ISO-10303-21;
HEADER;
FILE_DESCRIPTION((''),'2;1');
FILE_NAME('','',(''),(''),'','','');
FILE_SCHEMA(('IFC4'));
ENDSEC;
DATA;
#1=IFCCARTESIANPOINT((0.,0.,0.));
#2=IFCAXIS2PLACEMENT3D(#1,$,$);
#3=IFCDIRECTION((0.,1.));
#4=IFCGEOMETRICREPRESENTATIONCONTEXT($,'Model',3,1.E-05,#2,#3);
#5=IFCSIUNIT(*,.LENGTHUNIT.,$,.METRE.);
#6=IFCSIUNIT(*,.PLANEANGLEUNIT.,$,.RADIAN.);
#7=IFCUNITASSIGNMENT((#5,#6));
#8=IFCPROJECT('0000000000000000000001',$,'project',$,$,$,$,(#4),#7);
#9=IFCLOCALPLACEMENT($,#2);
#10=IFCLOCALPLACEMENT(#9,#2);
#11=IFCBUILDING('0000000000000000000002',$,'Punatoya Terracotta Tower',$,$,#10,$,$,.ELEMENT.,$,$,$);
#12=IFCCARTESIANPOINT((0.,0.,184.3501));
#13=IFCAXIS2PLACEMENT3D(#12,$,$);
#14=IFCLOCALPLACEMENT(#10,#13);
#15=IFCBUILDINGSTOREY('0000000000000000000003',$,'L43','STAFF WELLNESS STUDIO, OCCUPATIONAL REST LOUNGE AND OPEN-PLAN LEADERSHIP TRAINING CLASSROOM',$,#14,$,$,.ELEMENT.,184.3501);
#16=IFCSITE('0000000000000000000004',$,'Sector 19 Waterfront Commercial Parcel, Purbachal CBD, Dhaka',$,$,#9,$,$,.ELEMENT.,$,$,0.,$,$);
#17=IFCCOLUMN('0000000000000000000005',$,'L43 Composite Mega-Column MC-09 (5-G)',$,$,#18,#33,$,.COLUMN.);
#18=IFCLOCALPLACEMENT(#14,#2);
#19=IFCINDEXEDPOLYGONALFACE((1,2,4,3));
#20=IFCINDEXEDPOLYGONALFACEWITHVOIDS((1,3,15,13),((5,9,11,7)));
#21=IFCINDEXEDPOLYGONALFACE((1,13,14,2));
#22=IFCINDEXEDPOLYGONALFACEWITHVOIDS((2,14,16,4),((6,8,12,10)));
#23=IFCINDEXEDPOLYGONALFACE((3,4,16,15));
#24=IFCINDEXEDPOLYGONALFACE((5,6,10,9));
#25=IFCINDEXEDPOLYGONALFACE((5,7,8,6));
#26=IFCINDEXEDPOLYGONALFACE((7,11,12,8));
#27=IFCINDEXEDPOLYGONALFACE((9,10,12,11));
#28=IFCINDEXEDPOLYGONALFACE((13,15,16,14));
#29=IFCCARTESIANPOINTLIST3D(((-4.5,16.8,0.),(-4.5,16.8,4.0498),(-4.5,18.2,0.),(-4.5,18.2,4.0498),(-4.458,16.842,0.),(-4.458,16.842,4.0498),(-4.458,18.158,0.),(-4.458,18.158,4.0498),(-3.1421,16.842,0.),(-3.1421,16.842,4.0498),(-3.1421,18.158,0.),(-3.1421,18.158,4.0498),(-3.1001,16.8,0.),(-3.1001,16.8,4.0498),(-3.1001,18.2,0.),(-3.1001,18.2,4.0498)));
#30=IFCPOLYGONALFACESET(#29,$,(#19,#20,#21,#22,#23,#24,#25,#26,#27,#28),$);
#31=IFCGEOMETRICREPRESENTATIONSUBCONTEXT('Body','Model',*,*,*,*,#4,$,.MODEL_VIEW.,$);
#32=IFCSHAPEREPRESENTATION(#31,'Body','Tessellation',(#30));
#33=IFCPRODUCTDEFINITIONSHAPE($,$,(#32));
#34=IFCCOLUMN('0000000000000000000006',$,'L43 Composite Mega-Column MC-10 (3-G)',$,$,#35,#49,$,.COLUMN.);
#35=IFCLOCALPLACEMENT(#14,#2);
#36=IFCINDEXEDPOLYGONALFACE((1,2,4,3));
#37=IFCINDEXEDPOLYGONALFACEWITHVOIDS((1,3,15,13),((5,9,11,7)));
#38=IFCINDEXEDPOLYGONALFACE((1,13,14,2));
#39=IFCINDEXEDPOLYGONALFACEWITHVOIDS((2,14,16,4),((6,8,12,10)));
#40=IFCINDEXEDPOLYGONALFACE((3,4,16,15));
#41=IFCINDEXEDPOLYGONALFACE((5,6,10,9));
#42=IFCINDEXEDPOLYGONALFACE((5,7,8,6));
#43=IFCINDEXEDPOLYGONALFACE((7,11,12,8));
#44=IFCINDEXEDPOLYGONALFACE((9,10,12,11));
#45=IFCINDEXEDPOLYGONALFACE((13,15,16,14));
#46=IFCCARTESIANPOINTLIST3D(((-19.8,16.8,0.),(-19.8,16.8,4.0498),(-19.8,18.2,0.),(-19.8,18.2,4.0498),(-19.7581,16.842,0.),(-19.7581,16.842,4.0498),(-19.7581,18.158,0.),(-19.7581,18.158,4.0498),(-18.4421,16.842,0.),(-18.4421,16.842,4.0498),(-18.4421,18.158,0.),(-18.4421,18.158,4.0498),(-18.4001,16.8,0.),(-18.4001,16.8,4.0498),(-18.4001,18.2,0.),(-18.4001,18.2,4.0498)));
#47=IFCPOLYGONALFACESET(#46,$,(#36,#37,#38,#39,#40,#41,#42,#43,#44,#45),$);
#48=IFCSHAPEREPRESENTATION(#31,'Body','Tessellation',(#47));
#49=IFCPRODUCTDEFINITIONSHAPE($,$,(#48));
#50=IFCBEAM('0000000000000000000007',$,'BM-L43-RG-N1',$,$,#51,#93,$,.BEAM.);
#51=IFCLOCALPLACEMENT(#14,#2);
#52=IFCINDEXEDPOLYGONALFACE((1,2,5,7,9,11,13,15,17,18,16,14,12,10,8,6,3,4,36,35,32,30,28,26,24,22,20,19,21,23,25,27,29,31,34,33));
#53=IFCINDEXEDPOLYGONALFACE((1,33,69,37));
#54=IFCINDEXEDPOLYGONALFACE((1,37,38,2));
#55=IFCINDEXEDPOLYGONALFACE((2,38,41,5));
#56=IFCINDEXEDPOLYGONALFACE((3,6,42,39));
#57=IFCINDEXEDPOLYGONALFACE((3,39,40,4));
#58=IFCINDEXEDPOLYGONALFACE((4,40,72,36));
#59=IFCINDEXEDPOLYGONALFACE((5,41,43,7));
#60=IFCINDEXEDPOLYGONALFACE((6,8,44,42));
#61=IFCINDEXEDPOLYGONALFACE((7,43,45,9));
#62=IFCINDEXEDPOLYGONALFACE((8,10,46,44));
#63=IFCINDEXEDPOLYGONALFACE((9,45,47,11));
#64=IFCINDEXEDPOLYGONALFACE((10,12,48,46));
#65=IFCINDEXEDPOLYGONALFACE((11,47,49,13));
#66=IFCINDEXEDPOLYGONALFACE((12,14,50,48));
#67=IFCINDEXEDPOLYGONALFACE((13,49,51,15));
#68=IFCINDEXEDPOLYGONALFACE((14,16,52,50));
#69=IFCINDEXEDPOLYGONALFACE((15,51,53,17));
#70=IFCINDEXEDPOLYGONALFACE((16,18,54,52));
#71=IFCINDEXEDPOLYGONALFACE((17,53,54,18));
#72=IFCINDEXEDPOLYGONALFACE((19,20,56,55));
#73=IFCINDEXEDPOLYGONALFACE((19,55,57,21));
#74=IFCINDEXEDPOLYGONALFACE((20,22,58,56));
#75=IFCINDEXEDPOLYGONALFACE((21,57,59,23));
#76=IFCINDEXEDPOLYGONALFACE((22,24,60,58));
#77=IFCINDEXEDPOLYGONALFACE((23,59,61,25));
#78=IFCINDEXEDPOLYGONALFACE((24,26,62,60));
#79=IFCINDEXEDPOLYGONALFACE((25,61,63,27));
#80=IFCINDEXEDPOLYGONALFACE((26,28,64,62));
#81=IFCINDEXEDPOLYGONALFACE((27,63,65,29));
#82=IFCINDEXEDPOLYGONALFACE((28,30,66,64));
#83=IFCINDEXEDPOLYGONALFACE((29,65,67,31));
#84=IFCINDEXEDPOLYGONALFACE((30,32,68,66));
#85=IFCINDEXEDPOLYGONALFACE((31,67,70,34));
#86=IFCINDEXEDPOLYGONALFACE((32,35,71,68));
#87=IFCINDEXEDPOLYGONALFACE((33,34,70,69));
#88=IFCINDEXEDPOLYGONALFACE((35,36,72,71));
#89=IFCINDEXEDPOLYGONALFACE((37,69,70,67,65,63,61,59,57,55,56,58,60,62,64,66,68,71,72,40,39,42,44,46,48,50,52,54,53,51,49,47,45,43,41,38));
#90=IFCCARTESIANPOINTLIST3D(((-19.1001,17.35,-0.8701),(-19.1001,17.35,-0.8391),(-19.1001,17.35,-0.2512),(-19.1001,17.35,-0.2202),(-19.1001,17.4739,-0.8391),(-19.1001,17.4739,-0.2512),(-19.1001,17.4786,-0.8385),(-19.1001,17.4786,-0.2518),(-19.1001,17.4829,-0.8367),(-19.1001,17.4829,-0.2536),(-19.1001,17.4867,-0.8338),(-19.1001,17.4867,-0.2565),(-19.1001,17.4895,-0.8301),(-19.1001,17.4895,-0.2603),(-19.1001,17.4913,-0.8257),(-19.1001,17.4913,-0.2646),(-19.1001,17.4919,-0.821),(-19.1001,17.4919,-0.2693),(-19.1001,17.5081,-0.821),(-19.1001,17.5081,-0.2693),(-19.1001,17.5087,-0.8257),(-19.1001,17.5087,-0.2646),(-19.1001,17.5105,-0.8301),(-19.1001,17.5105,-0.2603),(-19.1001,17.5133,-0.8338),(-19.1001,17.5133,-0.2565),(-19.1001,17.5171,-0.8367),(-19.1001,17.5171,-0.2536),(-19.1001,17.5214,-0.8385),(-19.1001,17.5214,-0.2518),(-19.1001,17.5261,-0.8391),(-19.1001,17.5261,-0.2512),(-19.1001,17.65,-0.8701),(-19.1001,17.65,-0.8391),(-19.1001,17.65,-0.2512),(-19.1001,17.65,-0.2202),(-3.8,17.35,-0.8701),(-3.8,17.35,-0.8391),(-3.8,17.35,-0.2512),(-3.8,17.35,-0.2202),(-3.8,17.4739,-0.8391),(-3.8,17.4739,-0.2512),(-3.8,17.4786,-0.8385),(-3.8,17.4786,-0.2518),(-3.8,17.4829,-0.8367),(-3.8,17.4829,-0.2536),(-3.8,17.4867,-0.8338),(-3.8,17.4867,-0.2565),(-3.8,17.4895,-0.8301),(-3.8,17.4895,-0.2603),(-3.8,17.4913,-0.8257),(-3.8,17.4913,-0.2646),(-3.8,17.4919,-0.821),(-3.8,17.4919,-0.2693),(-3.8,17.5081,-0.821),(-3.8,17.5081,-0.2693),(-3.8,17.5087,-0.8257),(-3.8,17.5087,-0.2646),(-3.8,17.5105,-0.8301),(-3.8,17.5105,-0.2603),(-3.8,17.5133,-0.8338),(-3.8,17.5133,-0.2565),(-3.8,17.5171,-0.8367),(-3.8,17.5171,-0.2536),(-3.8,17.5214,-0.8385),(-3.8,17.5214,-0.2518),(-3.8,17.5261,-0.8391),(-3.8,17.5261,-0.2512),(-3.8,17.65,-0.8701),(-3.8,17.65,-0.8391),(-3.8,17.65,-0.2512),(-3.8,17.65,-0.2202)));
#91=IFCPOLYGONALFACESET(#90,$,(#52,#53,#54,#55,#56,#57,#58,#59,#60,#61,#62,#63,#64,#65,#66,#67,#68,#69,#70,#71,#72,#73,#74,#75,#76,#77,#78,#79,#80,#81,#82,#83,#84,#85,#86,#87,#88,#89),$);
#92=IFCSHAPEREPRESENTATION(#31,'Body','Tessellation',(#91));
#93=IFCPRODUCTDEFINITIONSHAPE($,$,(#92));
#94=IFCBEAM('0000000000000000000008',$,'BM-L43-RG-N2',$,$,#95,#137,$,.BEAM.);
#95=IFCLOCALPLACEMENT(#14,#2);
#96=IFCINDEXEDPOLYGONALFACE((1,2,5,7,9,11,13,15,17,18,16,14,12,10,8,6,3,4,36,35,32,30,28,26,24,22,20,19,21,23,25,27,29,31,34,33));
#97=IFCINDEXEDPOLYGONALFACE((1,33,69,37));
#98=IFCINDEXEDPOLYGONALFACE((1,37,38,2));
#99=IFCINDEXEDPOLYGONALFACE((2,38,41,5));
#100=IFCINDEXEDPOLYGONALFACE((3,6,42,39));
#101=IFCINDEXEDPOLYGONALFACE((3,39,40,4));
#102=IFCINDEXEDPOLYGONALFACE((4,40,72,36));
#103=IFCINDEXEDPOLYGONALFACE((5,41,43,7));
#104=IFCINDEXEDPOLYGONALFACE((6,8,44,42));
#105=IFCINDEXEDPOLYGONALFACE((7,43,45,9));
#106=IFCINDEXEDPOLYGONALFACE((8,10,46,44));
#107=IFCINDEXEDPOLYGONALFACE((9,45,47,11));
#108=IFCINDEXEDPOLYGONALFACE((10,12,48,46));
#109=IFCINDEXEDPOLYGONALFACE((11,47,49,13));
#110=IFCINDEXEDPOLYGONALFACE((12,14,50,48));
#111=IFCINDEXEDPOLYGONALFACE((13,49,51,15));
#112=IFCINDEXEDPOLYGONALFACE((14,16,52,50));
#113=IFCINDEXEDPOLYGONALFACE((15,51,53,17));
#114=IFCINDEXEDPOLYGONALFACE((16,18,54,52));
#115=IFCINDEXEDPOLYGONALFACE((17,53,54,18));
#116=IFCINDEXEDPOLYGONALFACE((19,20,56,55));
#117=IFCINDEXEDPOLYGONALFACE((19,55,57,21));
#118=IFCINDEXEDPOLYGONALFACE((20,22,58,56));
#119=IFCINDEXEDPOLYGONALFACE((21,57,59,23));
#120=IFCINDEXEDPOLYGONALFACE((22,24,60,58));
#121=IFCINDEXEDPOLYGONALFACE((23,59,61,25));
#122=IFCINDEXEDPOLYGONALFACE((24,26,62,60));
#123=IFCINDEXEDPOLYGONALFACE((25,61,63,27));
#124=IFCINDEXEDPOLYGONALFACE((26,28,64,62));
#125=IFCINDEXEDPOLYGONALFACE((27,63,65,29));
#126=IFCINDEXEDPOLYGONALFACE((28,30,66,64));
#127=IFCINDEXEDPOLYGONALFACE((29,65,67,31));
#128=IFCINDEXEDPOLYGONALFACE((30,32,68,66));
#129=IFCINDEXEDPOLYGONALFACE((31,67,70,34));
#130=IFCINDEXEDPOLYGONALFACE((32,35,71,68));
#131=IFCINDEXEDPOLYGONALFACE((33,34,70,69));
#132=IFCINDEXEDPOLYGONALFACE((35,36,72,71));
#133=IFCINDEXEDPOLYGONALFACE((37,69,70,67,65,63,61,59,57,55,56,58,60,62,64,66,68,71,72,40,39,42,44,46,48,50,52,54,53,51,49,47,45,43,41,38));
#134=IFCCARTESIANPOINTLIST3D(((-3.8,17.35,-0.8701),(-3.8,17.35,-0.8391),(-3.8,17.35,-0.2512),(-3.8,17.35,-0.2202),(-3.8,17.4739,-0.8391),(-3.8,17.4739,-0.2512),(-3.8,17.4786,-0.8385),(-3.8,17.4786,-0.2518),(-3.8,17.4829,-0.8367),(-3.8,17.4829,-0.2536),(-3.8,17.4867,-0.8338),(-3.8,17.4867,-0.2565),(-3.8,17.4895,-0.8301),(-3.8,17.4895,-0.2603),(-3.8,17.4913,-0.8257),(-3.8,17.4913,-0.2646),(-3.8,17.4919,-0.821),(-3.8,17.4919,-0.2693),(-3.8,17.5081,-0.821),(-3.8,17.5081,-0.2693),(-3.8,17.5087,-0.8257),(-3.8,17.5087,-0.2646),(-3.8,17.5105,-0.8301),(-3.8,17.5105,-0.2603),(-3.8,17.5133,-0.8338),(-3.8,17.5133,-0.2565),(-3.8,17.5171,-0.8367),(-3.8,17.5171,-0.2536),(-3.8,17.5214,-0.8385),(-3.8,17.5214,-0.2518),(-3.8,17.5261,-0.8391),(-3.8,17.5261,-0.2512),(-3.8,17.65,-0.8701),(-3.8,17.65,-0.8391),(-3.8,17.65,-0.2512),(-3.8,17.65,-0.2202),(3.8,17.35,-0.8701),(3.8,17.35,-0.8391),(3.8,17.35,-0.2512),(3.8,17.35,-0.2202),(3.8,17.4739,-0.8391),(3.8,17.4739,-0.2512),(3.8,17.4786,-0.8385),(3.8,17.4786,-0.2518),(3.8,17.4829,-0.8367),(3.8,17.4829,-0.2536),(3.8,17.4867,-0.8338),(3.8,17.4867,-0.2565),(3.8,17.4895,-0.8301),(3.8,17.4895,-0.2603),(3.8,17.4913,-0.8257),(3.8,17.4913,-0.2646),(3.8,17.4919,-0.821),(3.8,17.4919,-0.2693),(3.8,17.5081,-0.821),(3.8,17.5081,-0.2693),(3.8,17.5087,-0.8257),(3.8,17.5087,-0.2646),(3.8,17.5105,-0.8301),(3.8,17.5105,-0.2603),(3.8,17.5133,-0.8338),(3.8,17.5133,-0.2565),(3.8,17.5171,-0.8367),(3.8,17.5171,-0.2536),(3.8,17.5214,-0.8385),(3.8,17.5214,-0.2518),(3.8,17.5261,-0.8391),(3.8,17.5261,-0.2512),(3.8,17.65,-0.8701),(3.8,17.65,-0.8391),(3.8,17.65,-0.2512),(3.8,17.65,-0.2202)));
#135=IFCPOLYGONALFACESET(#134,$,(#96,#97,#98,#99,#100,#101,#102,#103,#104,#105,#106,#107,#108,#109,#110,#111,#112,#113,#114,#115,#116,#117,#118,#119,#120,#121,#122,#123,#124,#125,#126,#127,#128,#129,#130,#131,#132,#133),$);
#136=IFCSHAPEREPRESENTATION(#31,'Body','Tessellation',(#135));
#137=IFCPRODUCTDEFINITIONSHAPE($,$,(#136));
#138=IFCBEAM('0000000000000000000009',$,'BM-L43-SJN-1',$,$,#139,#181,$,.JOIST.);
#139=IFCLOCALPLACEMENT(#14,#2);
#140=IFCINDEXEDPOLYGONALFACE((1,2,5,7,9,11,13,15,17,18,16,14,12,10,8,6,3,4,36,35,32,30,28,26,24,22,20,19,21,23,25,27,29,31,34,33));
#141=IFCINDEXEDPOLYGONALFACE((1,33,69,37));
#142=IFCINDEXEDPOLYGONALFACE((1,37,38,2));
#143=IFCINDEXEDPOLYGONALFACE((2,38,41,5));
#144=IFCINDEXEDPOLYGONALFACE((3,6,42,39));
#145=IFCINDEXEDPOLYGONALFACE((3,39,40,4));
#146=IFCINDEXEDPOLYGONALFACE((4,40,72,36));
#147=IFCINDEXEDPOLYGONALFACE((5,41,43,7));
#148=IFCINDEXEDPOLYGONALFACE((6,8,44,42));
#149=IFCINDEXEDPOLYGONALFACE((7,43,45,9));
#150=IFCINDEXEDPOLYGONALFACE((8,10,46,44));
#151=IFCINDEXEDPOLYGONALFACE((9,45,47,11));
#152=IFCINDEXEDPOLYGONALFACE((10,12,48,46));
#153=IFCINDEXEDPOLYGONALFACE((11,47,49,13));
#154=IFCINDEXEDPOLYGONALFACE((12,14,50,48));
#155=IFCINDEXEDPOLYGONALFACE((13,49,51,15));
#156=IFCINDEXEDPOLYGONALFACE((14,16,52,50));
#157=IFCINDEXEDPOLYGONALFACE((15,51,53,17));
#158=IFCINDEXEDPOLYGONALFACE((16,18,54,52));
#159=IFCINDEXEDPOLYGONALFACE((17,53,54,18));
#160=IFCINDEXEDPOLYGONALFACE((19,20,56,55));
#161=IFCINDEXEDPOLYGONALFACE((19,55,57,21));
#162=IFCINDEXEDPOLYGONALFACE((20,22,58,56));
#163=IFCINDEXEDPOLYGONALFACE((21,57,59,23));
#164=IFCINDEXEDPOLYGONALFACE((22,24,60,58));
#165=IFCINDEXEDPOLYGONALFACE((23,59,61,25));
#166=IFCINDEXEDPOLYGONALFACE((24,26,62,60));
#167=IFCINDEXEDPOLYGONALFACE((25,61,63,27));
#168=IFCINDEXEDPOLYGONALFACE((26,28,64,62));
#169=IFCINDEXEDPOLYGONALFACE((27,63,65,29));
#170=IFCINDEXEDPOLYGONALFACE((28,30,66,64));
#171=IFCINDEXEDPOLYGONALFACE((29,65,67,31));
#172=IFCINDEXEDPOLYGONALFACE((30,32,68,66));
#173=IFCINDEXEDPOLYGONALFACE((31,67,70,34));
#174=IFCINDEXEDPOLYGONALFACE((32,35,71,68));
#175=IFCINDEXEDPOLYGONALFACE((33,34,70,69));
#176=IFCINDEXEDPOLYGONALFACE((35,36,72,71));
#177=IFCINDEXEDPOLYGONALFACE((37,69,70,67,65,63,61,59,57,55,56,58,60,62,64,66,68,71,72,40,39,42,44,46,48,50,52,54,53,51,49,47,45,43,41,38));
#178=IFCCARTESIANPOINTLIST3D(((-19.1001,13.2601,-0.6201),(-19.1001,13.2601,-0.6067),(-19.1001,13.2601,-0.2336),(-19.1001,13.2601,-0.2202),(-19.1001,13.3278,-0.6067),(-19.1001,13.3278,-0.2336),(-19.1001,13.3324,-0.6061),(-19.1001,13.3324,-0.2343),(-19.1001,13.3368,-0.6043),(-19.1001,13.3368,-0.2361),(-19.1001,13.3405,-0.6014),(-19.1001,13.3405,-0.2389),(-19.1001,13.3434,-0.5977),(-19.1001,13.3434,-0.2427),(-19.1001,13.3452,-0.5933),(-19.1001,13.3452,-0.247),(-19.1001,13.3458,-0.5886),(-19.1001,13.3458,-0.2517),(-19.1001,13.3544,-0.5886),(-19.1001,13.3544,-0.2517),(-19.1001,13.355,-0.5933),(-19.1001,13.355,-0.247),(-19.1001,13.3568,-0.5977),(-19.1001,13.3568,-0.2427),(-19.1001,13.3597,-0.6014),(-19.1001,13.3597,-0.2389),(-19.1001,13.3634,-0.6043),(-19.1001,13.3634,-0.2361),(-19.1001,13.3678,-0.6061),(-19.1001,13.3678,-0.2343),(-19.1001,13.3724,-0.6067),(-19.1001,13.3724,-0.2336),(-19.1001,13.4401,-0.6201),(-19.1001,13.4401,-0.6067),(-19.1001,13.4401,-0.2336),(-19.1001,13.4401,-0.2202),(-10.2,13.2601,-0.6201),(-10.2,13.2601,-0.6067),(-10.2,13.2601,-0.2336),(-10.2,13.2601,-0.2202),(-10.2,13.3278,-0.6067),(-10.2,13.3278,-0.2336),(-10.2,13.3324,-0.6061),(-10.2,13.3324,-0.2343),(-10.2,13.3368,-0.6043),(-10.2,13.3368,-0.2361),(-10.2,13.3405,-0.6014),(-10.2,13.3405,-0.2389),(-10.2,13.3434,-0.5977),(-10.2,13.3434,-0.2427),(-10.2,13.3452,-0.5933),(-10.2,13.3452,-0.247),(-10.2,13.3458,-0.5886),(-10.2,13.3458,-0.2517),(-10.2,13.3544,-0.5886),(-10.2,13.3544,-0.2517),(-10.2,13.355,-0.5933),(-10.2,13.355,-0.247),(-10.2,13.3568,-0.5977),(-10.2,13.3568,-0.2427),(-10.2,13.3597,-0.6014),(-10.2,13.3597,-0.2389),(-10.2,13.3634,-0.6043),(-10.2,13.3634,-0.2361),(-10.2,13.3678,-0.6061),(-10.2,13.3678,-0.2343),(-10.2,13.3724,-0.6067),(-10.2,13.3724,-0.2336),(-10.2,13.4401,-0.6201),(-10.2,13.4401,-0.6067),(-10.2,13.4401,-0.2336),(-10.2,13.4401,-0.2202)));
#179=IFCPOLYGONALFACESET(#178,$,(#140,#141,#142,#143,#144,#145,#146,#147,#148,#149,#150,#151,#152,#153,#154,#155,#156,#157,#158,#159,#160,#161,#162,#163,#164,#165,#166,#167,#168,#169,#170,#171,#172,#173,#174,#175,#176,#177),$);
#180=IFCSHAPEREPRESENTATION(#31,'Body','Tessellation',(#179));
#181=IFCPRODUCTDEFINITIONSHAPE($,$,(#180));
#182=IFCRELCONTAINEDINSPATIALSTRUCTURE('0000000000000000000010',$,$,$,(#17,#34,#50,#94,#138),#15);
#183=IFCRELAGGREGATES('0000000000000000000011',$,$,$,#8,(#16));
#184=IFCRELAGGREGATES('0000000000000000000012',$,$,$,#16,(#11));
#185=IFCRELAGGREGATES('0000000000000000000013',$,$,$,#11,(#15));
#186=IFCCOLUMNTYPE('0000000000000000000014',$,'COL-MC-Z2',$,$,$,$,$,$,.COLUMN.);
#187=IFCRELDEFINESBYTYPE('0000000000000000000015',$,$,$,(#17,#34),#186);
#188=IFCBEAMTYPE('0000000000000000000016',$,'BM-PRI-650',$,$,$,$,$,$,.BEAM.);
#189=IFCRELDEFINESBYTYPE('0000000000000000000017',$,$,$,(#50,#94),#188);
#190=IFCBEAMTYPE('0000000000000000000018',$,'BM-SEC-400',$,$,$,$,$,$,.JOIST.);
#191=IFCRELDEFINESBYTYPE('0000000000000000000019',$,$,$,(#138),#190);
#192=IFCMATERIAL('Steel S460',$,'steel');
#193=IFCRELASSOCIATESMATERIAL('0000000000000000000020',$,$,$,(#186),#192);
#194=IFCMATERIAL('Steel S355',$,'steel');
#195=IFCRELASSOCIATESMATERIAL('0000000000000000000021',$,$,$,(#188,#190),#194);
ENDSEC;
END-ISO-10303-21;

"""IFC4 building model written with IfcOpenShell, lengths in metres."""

from ifc_helpers import new_model, si_unit, direction, frame, origin, origin_2d, place, context, subcontext, project, spatial, hollow_rectangle, i_section, extrude, material, material_profile, profile_set, type_object, element, save


model = new_model("IFC4")

# Units and contexts
model_context = context("Model", 3, precision=1e-05, world=origin(), true_north=direction((0.0, 1.0)))
body_context = subcontext(model_context, "Body", "Model", "MODEL_VIEW")
ifc_project = project(units=[si_unit("LENGTHUNIT", "METRE"), si_unit("PLANEANGLEUNIT", "RADIAN")], contexts=[model_context])

# Site, building, storey
site_placement = place(None, origin())
site = spatial("IfcSite", under=ifc_project, at=site_placement, Name="Sector 19 Waterfront Commercial Parcel, Purbachal CBD, Dhaka", CompositionType="ELEMENT", RefElevation=0.0)
building_placement = place(site_placement, origin())
building = spatial("IfcBuilding", under=site, at=building_placement, Name="Punatoya Terracotta Tower", CompositionType="ELEMENT")
storey_placement = place(building_placement, frame((0.0, 0.0, 184.3501)))
storey = spatial("IfcBuildingStorey", under=building, at=storey_placement, Name="L43", Description="STAFF WELLNESS STUDIO, OCCUPATIONAL REST LOUNGE AND OPEN-PLAN LEADERSHIP TRAINING CLASSROOM", CompositionType="ELEMENT", Elevation=184.3501)

# Columns
ifc_material_1 = material(Name="Steel S460", Category="steel")
ifc_material_profile_1 = material_profile(ifc_material_1, hollow_rectangle(XDim=1.3999, YDim=1.3999, WallThickness=0.042, at=origin_2d()))
ifc_profile_set_1 = profile_set([ifc_material_profile_1], Name="Steel S460")
column_type = type_object("IfcColumnType", Name="COL-MC-Z2", PredefinedType="COLUMN", material=ifc_profile_set_1)
for number, where, z_axis, x_axis, name in (
    (1, (-3.8, 17.5, 0.0), (0.0, 0.0, 1.0), (1.0, 0.0, 0.0), "L43 Composite Mega-Column MC-09 (5-G)"),
    (2, (-19.1001, 17.5, 0.0), (0.0, 0.0, 1.0), (1.0, 0.0, 0.0), "L43 Composite Mega-Column MC-10 (3-G)"),
):
    element("IfcColumn", number, at=place(storey_placement, frame(where, z_axis=z_axis, x_axis=x_axis)), inside=storey, type_object=column_type, Name=name, PredefinedType="COLUMN", context=body_context, shape_type="SweptSolid", body=[
        extrude(hollow_rectangle(XDim=1.3999, YDim=1.3999, WallThickness=0.042, at=origin_2d()), origin(), (0.0, 0.0, 1.0), 4.0498),
    ])

# Beams
ifc_material_2 = material(Name="Steel S355", Category="steel")
ifc_material_profile_2 = material_profile(ifc_material_2, i_section(OverallWidth=0.3, OverallDepth=0.6499, WebThickness=0.0161, FlangeThickness=0.031, FilletRadius=0.0181, at=origin_2d()))
ifc_profile_set_2 = profile_set([ifc_material_profile_2], Name="Steel S355")
beam_type_1 = type_object("IfcBeamType", Name="BM-PRI-650", PredefinedType="BEAM", material=ifc_profile_set_2)
beam_1_placement = place(storey_placement, frame((-19.1001, 17.5, -0.5452), z_axis=(1.0, 0.0, 0.0), x_axis=(0.0, 1.0, 0.0)))
element("IfcBeam", 3, at=beam_1_placement, inside=storey, type_object=beam_type_1, Name="BM-L43-RG-N1", PredefinedType="BEAM", context=body_context, shape_type="SweptSolid", body=[
    extrude(i_section(OverallWidth=0.3, OverallDepth=0.6499, WebThickness=0.0161, FlangeThickness=0.031, FilletRadius=0.0181, at=origin_2d()), origin(), (0.0, 0.0, 1.0), 15.3),
])
beam_2_placement = place(storey_placement, frame((-3.8, 17.5, -0.5452), z_axis=(1.0, 0.0, 0.0), x_axis=(0.0, 1.0, 0.0)))
element("IfcBeam", 4, at=beam_2_placement, inside=storey, type_object=beam_type_1, Name="BM-L43-RG-N2", PredefinedType="BEAM", context=body_context, shape_type="SweptSolid", body=[
    extrude(i_section(OverallWidth=0.3, OverallDepth=0.6499, WebThickness=0.0161, FlangeThickness=0.031, FilletRadius=0.0181, at=origin_2d()), origin(), (0.0, 0.0, 1.0), 7.6001),
])
ifc_material_profile_3 = material_profile(ifc_material_2, i_section(OverallWidth=0.1799, OverallDepth=0.3999, WebThickness=0.0085, FlangeThickness=0.0134, FilletRadius=0.0181, at=origin_2d()))
ifc_profile_set_3 = profile_set([ifc_material_profile_3], Name="Steel S355")
beam_type_2 = type_object("IfcBeamType", Name="BM-SEC-400", PredefinedType="JOIST", material=ifc_profile_set_3)
beam_3_placement = place(storey_placement, frame((-19.1001, 13.3501, -0.4202), z_axis=(1.0, 0.0, 0.0), x_axis=(0.0, 1.0, 0.0)))
element("IfcBeam", 5, at=beam_3_placement, inside=storey, type_object=beam_type_2, Name="BM-L43-SJN-1", PredefinedType="JOIST", context=body_context, shape_type="SweptSolid", body=[
    extrude(i_section(OverallWidth=0.1799, OverallDepth=0.3999, WebThickness=0.0085, FlangeThickness=0.0134, FilletRadius=0.0181, at=origin_2d()), origin(), (0.0, 0.0, 1.0), 8.9001),
])

save(model, "model.ifc")
